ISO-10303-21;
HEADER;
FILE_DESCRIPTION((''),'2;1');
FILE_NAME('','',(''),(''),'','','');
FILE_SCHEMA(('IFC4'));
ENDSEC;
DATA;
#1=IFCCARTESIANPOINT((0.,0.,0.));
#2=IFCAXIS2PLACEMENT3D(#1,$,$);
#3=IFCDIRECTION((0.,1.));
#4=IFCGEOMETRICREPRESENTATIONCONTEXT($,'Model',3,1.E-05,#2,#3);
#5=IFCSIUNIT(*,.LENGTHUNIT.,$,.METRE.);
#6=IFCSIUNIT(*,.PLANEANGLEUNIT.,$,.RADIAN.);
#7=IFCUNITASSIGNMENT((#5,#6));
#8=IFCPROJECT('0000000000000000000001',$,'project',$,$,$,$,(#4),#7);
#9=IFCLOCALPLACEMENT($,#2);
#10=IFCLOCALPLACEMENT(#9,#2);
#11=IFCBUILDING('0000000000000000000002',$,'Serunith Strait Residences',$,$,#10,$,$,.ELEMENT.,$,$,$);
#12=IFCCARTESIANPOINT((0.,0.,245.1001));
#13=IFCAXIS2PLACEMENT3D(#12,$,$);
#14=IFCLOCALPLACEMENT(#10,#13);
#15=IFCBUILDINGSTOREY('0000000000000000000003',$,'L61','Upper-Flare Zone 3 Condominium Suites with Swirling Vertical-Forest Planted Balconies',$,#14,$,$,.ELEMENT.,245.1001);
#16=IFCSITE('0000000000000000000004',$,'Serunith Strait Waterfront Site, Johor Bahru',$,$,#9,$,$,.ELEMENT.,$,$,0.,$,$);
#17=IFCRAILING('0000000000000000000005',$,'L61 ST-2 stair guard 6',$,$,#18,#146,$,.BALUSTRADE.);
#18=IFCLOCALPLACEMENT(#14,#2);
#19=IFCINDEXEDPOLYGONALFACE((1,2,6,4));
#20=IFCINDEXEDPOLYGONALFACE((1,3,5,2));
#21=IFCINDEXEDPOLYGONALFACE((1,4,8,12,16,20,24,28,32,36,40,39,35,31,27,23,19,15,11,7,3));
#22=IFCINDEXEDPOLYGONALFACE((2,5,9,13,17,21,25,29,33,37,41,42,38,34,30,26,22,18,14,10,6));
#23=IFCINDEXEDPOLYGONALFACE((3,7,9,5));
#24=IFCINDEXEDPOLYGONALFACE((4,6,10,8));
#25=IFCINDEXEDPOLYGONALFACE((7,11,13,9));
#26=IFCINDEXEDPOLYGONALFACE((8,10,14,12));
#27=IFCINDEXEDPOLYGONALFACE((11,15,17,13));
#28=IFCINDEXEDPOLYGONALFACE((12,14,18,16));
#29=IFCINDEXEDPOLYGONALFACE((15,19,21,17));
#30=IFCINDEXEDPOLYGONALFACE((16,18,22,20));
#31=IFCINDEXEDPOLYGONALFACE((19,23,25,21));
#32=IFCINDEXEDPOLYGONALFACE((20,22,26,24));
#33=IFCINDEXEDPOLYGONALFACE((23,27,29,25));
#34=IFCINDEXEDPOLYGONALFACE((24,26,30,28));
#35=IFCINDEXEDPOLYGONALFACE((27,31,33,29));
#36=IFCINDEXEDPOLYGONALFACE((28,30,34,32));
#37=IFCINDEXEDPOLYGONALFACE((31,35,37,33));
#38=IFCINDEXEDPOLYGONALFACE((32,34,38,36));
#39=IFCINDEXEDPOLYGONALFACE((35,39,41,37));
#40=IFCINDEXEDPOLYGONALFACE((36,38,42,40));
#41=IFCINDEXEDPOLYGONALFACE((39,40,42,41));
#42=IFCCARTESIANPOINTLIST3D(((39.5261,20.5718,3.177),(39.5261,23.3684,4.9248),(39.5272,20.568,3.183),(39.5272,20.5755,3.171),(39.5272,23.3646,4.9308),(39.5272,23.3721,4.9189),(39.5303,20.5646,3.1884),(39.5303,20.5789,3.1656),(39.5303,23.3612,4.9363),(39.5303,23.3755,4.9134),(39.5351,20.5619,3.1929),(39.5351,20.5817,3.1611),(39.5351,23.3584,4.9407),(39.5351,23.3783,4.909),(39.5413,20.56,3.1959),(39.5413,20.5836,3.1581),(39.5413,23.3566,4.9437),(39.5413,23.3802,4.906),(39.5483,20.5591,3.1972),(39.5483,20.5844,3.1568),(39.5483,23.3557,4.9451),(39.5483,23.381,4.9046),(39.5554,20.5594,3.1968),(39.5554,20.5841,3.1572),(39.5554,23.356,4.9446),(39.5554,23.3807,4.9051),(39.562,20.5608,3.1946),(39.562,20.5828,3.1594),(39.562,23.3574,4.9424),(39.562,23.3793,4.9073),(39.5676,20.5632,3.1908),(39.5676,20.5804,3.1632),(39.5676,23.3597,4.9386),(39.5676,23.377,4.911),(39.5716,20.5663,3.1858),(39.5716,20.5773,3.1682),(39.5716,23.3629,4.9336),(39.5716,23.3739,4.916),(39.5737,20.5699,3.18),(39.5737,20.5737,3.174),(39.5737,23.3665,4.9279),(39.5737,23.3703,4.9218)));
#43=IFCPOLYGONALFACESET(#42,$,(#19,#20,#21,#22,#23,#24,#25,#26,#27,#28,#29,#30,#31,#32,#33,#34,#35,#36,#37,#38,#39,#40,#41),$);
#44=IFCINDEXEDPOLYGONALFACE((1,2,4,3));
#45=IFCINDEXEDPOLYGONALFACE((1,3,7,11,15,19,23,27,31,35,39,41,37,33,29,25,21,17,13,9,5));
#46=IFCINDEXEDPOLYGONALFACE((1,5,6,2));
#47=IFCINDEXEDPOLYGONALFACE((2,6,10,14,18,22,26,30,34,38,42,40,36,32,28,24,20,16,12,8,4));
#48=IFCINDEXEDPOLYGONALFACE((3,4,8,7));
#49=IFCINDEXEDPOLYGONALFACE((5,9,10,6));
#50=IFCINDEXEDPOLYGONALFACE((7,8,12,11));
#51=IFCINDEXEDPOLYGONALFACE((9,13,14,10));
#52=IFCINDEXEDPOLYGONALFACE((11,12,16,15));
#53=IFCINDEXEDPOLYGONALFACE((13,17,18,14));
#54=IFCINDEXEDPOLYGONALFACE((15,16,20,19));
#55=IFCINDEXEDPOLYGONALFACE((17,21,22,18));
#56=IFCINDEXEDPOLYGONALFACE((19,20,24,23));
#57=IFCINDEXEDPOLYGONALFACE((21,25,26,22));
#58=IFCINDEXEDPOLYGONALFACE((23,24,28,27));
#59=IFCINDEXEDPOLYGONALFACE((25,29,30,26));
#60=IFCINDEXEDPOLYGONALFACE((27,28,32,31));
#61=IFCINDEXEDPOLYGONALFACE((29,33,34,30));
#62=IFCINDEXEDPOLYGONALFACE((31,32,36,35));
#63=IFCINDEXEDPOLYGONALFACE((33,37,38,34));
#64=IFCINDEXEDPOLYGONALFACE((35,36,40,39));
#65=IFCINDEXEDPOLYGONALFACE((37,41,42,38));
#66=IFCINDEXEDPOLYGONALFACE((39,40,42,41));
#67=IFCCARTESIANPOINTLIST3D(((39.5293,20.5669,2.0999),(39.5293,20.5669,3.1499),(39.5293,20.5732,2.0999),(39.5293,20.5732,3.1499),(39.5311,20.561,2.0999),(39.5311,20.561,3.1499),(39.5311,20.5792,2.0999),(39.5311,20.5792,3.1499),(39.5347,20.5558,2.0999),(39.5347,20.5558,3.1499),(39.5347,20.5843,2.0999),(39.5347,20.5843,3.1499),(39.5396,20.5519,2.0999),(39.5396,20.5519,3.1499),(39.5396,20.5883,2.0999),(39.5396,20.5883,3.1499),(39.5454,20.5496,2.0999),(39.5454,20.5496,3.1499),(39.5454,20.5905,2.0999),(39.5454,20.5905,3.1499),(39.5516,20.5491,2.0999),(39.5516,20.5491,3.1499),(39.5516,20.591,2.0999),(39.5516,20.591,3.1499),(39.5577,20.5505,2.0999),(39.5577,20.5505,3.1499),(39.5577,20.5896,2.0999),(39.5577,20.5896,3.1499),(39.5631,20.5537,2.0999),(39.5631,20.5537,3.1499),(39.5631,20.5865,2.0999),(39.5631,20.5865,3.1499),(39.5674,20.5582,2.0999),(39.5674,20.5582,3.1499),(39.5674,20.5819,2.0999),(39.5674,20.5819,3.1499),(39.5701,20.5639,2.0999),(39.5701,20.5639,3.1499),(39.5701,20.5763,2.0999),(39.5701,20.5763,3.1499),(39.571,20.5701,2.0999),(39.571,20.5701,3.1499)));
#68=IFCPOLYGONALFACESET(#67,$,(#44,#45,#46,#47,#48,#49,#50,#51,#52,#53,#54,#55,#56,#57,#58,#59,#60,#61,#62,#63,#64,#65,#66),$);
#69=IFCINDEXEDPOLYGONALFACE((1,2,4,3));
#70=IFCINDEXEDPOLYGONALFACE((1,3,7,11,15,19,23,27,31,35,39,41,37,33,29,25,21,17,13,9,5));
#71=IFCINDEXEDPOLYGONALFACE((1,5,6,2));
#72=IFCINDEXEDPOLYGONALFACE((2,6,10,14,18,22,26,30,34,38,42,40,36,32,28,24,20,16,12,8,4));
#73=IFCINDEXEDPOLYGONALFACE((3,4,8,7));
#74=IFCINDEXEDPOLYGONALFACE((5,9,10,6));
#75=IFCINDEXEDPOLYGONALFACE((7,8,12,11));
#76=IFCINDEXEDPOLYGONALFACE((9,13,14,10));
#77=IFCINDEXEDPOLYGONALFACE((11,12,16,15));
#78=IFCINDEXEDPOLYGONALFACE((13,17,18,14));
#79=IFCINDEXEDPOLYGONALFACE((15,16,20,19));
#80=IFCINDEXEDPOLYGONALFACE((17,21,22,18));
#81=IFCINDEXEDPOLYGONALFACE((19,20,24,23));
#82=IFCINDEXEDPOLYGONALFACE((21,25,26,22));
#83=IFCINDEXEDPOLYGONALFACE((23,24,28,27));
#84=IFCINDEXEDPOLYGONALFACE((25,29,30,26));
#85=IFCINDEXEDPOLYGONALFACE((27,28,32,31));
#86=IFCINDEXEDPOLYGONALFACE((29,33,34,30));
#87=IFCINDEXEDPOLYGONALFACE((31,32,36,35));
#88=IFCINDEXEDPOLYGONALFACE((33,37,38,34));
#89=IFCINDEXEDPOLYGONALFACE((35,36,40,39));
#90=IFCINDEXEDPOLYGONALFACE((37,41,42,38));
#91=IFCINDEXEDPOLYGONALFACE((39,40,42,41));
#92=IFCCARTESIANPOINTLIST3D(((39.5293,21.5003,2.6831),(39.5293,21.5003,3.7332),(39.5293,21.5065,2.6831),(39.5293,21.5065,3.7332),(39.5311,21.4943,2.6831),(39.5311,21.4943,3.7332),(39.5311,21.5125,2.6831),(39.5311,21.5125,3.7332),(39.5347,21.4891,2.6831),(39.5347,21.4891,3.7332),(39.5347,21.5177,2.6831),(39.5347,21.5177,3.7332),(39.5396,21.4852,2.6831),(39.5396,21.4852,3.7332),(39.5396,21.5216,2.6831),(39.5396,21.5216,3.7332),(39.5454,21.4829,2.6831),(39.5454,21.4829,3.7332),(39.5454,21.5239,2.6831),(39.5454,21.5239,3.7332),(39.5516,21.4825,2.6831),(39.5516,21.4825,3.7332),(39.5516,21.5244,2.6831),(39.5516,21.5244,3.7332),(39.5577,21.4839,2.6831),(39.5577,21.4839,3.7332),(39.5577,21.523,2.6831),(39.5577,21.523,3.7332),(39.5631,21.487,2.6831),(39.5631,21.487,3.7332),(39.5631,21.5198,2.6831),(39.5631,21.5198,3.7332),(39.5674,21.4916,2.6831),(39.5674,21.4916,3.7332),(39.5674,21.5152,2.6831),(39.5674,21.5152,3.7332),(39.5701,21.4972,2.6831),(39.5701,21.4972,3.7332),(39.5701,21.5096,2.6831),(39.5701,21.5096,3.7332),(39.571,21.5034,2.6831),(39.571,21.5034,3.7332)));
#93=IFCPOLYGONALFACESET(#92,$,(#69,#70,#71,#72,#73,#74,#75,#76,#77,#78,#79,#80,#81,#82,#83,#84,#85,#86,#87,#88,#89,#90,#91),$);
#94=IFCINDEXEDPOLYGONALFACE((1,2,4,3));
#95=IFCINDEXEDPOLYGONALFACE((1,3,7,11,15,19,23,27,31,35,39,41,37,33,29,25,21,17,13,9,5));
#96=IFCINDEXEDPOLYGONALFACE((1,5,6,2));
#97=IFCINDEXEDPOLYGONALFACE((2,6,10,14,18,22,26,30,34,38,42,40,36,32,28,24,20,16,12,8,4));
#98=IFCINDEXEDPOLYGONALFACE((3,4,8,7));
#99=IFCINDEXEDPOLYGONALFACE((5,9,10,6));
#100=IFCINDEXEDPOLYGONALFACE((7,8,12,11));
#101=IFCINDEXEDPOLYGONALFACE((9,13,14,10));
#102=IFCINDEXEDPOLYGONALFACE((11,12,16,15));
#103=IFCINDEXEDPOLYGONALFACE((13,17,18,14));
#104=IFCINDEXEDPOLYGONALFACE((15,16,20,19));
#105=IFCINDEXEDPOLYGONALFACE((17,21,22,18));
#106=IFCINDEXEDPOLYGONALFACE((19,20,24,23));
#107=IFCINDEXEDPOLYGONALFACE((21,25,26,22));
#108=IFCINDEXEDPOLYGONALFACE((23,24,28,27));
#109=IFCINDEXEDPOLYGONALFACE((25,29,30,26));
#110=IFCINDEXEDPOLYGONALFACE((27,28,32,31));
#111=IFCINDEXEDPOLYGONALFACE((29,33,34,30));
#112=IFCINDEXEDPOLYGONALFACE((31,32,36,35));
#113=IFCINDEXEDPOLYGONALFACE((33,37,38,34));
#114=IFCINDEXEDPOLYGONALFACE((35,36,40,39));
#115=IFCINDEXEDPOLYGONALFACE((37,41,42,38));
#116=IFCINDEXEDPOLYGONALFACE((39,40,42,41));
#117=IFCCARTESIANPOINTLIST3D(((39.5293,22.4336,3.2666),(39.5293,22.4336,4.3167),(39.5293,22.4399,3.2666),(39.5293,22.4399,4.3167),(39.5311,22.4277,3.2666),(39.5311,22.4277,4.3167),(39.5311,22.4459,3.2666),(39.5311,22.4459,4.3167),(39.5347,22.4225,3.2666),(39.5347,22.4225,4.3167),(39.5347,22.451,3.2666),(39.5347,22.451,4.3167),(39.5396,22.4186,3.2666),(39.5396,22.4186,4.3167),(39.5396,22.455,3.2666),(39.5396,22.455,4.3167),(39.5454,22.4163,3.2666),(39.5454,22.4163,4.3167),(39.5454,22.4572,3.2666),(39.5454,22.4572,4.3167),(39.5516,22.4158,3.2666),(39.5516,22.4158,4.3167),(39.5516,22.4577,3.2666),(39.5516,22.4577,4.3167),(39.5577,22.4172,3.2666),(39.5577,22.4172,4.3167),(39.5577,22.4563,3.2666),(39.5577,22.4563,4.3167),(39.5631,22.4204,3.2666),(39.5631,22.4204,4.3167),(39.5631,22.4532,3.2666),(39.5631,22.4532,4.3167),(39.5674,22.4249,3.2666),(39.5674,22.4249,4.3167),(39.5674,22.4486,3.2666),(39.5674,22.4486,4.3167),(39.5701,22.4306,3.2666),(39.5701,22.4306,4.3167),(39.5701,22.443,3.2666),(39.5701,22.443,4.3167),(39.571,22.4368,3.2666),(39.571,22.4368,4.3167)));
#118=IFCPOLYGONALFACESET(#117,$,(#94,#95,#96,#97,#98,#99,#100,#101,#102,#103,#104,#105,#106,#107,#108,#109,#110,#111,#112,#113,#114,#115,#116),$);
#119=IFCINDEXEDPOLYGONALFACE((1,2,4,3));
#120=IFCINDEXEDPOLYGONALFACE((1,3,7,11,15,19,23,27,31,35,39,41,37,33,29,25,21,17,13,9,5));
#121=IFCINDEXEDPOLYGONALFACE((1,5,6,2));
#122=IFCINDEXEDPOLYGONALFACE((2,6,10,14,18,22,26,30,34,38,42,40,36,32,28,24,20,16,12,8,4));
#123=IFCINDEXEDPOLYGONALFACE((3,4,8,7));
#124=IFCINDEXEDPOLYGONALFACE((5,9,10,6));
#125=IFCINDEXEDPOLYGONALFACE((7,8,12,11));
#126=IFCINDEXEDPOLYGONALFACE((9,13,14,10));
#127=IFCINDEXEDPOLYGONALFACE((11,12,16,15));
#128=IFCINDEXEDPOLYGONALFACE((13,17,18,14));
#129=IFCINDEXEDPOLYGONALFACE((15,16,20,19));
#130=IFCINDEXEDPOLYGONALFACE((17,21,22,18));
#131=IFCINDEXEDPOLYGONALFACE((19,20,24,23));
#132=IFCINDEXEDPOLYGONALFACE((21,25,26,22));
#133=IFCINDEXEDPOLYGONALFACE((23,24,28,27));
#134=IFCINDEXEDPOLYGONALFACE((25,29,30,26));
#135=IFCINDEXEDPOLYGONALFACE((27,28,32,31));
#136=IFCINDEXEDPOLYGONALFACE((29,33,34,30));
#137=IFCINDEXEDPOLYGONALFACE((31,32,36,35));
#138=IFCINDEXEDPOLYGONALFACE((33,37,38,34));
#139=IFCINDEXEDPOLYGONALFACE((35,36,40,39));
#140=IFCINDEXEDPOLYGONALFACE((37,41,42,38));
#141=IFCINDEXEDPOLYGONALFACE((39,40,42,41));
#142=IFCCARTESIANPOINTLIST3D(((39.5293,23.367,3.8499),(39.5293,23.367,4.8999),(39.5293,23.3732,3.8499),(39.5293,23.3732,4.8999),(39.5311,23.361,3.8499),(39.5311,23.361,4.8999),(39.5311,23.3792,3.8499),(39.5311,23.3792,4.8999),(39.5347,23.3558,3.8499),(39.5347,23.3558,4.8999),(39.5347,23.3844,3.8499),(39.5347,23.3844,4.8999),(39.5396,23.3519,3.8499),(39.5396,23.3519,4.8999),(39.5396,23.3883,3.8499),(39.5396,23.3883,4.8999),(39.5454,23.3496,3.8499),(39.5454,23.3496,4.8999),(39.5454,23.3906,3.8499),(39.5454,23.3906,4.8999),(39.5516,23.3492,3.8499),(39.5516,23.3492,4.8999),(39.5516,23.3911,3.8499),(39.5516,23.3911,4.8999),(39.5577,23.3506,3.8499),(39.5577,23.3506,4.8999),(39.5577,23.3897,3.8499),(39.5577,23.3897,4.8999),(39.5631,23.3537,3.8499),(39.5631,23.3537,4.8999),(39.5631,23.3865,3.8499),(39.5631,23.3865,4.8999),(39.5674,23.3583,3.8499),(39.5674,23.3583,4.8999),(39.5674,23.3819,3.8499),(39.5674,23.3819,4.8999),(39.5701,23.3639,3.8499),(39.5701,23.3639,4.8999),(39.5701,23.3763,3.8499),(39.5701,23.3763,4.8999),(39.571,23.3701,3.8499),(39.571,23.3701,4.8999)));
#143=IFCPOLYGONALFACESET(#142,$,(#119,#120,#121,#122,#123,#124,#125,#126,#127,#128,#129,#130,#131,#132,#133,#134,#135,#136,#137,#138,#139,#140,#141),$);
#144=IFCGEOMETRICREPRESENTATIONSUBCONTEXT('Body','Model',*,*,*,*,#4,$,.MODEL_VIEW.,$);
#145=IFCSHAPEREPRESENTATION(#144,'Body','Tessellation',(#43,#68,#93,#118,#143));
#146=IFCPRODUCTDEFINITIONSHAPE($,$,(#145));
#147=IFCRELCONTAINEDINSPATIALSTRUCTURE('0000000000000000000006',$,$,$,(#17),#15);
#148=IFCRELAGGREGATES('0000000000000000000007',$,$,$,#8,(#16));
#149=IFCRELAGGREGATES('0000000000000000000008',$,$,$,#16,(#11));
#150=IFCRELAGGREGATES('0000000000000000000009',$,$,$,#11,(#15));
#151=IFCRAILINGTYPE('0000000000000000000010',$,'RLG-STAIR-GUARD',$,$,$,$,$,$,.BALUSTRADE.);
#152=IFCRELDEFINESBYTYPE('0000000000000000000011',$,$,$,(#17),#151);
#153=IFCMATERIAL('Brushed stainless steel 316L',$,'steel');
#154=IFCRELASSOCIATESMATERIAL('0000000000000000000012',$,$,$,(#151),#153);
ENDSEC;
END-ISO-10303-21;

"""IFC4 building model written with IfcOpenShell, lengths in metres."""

from ifc_helpers import new_model, si_unit, direction, frame, origin, origin_2d, place, context, subcontext, project, spatial, circle, extrude, material, type_object, element, save


model = new_model("IFC4")

# Units and contexts
model_context = context("Model", 3, precision=1e-05, world=origin(), true_north=direction((0.0, 1.0)))
body_context = subcontext(model_context, "Body", "Model", "MODEL_VIEW")
ifc_project = project(units=[si_unit("LENGTHUNIT", "METRE"), si_unit("PLANEANGLEUNIT", "RADIAN")], contexts=[model_context])

# Site, building, storey
site_placement = place(None, origin())
site = spatial("IfcSite", under=ifc_project, at=site_placement, Name="Serunith Strait Waterfront Site, Johor Bahru", CompositionType="ELEMENT", RefElevation=0.0)
building_placement = place(site_placement, origin())
building = spatial("IfcBuilding", under=site, at=building_placement, Name="Serunith Strait Residences", CompositionType="ELEMENT")
storey_placement = place(building_placement, frame((0.0, 0.0, 245.1001)))
storey = spatial("IfcBuildingStorey", under=building, at=storey_placement, Name="L61", Description="Upper-Flare Zone 3 Condominium Suites with Swirling Vertical-Forest Planted Balconies", CompositionType="ELEMENT", Elevation=245.1001)

# Railing
ifc_material_1 = material(Name="Brushed stainless steel 316L", Category="steel")
railing_type_1 = type_object("IfcRailingType", Name="RLG-STAIR-GUARD", PredefinedType="BALUSTRADE", material=ifc_material_1)
railing_1_placement = place(storey_placement, frame((39.55, 20.5701, 2.0999)))
element("IfcRailing", 1, at=railing_1_placement, inside=storey, type_object=railing_type_1, Name="L61 ST-2 stair guard 6", PredefinedType="BALUSTRADE", context=body_context, shape_type="SweptSolid", body=[
    extrude(circle(Radius=0.0239, at=origin_2d()), frame((0.0, 0.0017, 1.0771), z_axis=(0.0, 0.848002, 0.529992), x_axis=(-1.0, 0.0, 0.0)), (0.0, 0.0, 1.0), 3.2979),
    extrude(circle(Radius=0.021, at=origin_2d()), origin(), (0.0, 0.0, 1.0), 1.05),
    extrude(circle(Radius=0.021, at=origin_2d()), frame((0.0, 0.9333, 0.5833)), (0.0, 0.0, 1.0), 1.05),
    extrude(circle(Radius=0.021, at=origin_2d()), frame((0.0, 1.8667, 1.1667)), (0.0, 0.0, 1.0), 1.05),
    extrude(circle(Radius=0.021, at=origin_2d()), frame((0.0, 2.8, 1.75)), (0.0, 0.0, 1.0), 1.05),
])

save(model, "model.ifc")
